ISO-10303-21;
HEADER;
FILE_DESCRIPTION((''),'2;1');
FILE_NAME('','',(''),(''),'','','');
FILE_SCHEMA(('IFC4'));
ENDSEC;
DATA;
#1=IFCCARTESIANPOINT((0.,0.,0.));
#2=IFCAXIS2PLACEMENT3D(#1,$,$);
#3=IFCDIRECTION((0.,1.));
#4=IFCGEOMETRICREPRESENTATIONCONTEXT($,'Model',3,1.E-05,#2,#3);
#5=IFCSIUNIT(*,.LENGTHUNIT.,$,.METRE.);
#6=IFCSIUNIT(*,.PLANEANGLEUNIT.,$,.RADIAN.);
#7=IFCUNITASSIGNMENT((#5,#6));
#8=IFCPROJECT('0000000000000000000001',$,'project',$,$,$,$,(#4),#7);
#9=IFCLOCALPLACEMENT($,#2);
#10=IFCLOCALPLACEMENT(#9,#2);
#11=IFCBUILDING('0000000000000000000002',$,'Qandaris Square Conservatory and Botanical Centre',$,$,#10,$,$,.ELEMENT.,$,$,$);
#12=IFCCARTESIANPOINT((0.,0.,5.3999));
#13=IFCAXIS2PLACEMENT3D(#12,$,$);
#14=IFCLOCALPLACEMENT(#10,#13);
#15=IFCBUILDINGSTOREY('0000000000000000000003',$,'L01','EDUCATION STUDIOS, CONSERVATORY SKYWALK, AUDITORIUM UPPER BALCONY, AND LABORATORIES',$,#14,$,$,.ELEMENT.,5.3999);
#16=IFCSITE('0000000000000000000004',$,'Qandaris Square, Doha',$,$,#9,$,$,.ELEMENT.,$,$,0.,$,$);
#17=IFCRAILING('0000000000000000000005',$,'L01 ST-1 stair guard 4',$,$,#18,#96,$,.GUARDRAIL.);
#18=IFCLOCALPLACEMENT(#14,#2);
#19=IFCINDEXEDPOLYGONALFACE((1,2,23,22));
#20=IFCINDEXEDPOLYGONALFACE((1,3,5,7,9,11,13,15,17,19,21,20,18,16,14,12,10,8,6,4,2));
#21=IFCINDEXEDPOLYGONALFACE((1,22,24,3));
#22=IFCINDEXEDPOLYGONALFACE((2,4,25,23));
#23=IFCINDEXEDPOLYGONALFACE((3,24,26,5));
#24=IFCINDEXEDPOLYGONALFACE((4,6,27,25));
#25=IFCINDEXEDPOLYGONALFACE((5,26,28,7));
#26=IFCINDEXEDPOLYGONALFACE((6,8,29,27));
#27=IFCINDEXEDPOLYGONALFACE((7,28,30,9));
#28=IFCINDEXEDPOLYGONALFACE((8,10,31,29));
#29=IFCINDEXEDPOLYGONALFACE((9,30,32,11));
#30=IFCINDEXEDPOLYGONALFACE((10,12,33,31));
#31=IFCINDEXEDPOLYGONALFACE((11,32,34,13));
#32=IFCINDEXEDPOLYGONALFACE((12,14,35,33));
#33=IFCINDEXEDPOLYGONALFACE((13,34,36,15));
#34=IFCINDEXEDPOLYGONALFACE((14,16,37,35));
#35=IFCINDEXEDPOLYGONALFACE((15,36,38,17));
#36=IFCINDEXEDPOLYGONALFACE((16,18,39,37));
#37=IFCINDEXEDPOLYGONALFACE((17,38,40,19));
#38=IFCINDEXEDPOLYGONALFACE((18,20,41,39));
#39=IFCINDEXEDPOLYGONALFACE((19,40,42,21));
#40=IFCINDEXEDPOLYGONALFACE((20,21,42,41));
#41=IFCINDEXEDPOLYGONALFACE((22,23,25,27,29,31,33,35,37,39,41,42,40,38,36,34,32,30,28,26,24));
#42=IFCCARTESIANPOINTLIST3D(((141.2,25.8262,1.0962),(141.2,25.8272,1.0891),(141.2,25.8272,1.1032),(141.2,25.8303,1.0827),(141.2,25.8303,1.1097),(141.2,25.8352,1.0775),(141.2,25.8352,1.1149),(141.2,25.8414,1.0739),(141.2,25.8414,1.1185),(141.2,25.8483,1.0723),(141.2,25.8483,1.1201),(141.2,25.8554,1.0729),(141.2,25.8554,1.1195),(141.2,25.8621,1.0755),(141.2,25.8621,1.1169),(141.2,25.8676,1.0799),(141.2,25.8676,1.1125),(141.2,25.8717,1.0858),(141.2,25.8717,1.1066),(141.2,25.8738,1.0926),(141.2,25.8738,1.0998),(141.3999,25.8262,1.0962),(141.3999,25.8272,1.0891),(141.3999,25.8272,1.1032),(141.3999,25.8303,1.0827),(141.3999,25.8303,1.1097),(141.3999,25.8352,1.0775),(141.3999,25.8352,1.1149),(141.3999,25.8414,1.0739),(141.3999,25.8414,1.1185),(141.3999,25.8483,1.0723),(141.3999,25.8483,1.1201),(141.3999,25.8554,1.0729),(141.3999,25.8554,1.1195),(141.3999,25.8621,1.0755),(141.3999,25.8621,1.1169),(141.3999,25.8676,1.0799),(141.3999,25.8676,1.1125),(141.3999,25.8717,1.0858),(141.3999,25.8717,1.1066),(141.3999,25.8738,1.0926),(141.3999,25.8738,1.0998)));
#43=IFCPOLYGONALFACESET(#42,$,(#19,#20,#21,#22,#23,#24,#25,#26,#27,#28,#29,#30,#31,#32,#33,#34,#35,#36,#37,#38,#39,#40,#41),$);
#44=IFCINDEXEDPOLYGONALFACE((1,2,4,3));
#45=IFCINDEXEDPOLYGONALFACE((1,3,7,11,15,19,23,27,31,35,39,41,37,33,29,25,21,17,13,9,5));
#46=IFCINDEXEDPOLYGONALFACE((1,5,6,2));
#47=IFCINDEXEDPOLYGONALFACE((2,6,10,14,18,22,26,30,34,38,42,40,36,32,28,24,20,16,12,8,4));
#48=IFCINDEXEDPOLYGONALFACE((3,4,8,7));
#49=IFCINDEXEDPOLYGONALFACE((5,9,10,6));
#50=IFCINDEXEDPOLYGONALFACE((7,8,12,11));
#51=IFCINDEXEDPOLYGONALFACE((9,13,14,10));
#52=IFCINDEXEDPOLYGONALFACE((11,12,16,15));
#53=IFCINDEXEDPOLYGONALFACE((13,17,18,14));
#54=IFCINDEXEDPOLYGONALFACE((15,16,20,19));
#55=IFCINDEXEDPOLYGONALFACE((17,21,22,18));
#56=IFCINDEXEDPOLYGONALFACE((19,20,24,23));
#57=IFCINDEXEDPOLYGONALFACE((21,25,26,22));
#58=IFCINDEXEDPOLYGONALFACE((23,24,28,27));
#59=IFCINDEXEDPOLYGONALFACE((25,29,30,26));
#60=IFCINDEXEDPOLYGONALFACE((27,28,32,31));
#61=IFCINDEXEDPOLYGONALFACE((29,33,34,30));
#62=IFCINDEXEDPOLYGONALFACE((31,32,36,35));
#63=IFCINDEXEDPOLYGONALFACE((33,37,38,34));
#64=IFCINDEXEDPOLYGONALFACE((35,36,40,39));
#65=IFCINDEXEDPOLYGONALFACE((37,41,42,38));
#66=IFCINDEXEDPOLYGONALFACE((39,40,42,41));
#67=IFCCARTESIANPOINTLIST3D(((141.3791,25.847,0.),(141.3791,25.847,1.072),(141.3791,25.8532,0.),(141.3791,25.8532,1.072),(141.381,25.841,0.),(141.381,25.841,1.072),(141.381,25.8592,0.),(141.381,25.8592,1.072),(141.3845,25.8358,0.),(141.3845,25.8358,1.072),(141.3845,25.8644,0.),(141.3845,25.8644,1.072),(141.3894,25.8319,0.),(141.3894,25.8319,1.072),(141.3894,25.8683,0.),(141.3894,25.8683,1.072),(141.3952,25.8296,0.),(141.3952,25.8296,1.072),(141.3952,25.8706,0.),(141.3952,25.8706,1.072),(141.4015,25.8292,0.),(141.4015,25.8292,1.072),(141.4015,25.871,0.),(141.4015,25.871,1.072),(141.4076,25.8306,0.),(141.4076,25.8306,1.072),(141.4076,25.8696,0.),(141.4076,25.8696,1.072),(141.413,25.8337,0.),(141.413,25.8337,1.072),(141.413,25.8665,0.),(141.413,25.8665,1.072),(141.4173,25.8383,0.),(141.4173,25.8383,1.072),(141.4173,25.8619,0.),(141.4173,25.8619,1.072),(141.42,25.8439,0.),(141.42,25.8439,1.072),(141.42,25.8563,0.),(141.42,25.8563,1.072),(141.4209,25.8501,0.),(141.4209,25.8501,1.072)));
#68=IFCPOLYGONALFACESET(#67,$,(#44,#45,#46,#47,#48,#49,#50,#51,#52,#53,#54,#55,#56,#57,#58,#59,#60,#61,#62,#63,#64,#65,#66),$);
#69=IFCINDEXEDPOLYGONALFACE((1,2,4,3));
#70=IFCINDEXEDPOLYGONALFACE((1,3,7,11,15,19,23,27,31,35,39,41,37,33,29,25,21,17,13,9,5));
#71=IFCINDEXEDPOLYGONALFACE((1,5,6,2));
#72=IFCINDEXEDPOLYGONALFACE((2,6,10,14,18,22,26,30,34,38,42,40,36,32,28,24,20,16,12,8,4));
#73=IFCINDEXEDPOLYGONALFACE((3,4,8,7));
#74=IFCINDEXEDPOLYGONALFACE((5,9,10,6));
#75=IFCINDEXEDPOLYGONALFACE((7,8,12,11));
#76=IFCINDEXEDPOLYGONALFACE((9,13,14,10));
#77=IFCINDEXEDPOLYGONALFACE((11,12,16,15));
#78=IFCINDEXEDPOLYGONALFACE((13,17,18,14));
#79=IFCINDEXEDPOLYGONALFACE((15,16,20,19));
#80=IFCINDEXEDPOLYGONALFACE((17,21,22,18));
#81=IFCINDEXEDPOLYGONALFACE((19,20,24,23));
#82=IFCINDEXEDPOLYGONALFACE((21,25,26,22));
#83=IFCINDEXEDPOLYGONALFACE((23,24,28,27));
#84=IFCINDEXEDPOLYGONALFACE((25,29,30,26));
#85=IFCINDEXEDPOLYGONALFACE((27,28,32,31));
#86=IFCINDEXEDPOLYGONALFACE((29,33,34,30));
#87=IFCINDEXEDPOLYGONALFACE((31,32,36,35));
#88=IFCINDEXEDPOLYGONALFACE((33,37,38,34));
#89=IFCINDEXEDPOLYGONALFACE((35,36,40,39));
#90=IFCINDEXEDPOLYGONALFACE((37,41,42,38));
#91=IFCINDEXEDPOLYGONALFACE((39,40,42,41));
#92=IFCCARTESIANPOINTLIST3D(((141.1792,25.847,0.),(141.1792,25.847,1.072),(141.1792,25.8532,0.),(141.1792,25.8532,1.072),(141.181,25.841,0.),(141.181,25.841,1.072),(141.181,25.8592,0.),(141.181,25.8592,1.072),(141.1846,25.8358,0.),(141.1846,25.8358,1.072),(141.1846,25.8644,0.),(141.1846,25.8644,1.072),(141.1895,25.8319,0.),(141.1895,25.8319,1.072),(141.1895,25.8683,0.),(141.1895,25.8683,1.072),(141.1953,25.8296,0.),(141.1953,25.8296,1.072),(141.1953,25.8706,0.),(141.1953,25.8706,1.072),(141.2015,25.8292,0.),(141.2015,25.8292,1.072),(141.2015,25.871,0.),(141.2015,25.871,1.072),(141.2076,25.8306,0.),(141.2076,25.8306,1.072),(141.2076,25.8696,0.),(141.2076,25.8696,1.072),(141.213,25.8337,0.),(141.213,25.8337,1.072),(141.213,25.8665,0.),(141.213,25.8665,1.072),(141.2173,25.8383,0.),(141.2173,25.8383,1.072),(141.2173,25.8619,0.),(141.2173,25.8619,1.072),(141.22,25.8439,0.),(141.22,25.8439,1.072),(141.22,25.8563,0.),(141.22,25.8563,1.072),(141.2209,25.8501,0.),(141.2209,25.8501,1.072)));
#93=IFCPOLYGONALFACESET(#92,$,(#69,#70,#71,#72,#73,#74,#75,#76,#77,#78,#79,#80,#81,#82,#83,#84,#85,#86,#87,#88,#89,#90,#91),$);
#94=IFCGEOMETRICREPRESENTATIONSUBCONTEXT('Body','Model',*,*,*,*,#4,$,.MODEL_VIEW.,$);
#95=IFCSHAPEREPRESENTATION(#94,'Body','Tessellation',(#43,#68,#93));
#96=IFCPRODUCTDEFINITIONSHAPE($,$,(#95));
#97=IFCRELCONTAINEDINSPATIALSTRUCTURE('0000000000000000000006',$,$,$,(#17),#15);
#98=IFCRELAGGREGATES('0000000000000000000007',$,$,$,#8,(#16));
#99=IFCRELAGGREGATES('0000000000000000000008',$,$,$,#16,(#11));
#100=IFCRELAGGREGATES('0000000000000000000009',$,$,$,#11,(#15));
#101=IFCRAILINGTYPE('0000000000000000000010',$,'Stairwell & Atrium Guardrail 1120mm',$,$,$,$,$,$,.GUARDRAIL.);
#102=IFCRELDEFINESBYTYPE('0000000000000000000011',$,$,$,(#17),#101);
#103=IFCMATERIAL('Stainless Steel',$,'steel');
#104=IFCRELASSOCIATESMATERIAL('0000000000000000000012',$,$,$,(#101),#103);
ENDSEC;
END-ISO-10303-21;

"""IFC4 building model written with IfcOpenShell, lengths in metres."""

from ifc_helpers import new_model, si_unit, direction, frame, origin, origin_2d, place, context, subcontext, project, spatial, circle, extrude, material, type_object, element, save


model = new_model("IFC4")

# Units and contexts
model_context = context("Model", 3, precision=1e-05, world=origin(), true_north=direction((0.0, 1.0)))
body_context = subcontext(model_context, "Body", "Model", "MODEL_VIEW")
ifc_project = project(units=[si_unit("LENGTHUNIT", "METRE"), si_unit("PLANEANGLEUNIT", "RADIAN")], contexts=[model_context])

# Site, building, storey
site_placement = place(None, origin())
site = spatial("IfcSite", under=ifc_project, at=site_placement, Name="Qandaris Square, Doha", CompositionType="ELEMENT", RefElevation=0.0)
building_placement = place(site_placement, origin())
building = spatial("IfcBuilding", under=site, at=building_placement, Name="Qandaris Square Conservatory and Botanical Centre", CompositionType="ELEMENT")
storey_placement = place(building_placement, frame((0.0, 0.0, 5.3999)))
storey = spatial("IfcBuildingStorey", under=building, at=storey_placement, Name="L01", Description="EDUCATION STUDIOS, CONSERVATORY SKYWALK, AUDITORIUM UPPER BALCONY, AND LABORATORIES", CompositionType="ELEMENT", Elevation=5.3999)

# Railing
ifc_material_1 = material(Name="Stainless Steel", Category="steel")
railing_type_1 = type_object("IfcRailingType", Name="Stairwell & Atrium Guardrail 1120mm", PredefinedType="GUARDRAIL", material=ifc_material_1)
railing_1_placement = place(storey_placement, frame((141.3999, 25.8501, 0.0)))
element("IfcRailing", 1, at=railing_1_placement, inside=storey, type_object=railing_type_1, Name="L01 ST-1 stair guard 4", PredefinedType="GUARDRAIL", context=body_context, shape_type="SweptSolid", body=[
    extrude(circle(Radius=0.0239, at=origin_2d()), frame((0.0, 0.0, 1.0962), z_axis=(-1.0, 0.0, 0.0), x_axis=(0.0, -1.0, 0.0)), (0.0, 0.0, 1.0), 0.2),
    extrude(circle(Radius=0.021, at=origin_2d()), origin(), (0.0, 0.0, 1.0), 1.072),
    extrude(circle(Radius=0.021, at=origin_2d()), frame((-0.2, 0.0, 0.0)), (0.0, 0.0, 1.0), 1.072),
])

save(model, "model.ifc")
